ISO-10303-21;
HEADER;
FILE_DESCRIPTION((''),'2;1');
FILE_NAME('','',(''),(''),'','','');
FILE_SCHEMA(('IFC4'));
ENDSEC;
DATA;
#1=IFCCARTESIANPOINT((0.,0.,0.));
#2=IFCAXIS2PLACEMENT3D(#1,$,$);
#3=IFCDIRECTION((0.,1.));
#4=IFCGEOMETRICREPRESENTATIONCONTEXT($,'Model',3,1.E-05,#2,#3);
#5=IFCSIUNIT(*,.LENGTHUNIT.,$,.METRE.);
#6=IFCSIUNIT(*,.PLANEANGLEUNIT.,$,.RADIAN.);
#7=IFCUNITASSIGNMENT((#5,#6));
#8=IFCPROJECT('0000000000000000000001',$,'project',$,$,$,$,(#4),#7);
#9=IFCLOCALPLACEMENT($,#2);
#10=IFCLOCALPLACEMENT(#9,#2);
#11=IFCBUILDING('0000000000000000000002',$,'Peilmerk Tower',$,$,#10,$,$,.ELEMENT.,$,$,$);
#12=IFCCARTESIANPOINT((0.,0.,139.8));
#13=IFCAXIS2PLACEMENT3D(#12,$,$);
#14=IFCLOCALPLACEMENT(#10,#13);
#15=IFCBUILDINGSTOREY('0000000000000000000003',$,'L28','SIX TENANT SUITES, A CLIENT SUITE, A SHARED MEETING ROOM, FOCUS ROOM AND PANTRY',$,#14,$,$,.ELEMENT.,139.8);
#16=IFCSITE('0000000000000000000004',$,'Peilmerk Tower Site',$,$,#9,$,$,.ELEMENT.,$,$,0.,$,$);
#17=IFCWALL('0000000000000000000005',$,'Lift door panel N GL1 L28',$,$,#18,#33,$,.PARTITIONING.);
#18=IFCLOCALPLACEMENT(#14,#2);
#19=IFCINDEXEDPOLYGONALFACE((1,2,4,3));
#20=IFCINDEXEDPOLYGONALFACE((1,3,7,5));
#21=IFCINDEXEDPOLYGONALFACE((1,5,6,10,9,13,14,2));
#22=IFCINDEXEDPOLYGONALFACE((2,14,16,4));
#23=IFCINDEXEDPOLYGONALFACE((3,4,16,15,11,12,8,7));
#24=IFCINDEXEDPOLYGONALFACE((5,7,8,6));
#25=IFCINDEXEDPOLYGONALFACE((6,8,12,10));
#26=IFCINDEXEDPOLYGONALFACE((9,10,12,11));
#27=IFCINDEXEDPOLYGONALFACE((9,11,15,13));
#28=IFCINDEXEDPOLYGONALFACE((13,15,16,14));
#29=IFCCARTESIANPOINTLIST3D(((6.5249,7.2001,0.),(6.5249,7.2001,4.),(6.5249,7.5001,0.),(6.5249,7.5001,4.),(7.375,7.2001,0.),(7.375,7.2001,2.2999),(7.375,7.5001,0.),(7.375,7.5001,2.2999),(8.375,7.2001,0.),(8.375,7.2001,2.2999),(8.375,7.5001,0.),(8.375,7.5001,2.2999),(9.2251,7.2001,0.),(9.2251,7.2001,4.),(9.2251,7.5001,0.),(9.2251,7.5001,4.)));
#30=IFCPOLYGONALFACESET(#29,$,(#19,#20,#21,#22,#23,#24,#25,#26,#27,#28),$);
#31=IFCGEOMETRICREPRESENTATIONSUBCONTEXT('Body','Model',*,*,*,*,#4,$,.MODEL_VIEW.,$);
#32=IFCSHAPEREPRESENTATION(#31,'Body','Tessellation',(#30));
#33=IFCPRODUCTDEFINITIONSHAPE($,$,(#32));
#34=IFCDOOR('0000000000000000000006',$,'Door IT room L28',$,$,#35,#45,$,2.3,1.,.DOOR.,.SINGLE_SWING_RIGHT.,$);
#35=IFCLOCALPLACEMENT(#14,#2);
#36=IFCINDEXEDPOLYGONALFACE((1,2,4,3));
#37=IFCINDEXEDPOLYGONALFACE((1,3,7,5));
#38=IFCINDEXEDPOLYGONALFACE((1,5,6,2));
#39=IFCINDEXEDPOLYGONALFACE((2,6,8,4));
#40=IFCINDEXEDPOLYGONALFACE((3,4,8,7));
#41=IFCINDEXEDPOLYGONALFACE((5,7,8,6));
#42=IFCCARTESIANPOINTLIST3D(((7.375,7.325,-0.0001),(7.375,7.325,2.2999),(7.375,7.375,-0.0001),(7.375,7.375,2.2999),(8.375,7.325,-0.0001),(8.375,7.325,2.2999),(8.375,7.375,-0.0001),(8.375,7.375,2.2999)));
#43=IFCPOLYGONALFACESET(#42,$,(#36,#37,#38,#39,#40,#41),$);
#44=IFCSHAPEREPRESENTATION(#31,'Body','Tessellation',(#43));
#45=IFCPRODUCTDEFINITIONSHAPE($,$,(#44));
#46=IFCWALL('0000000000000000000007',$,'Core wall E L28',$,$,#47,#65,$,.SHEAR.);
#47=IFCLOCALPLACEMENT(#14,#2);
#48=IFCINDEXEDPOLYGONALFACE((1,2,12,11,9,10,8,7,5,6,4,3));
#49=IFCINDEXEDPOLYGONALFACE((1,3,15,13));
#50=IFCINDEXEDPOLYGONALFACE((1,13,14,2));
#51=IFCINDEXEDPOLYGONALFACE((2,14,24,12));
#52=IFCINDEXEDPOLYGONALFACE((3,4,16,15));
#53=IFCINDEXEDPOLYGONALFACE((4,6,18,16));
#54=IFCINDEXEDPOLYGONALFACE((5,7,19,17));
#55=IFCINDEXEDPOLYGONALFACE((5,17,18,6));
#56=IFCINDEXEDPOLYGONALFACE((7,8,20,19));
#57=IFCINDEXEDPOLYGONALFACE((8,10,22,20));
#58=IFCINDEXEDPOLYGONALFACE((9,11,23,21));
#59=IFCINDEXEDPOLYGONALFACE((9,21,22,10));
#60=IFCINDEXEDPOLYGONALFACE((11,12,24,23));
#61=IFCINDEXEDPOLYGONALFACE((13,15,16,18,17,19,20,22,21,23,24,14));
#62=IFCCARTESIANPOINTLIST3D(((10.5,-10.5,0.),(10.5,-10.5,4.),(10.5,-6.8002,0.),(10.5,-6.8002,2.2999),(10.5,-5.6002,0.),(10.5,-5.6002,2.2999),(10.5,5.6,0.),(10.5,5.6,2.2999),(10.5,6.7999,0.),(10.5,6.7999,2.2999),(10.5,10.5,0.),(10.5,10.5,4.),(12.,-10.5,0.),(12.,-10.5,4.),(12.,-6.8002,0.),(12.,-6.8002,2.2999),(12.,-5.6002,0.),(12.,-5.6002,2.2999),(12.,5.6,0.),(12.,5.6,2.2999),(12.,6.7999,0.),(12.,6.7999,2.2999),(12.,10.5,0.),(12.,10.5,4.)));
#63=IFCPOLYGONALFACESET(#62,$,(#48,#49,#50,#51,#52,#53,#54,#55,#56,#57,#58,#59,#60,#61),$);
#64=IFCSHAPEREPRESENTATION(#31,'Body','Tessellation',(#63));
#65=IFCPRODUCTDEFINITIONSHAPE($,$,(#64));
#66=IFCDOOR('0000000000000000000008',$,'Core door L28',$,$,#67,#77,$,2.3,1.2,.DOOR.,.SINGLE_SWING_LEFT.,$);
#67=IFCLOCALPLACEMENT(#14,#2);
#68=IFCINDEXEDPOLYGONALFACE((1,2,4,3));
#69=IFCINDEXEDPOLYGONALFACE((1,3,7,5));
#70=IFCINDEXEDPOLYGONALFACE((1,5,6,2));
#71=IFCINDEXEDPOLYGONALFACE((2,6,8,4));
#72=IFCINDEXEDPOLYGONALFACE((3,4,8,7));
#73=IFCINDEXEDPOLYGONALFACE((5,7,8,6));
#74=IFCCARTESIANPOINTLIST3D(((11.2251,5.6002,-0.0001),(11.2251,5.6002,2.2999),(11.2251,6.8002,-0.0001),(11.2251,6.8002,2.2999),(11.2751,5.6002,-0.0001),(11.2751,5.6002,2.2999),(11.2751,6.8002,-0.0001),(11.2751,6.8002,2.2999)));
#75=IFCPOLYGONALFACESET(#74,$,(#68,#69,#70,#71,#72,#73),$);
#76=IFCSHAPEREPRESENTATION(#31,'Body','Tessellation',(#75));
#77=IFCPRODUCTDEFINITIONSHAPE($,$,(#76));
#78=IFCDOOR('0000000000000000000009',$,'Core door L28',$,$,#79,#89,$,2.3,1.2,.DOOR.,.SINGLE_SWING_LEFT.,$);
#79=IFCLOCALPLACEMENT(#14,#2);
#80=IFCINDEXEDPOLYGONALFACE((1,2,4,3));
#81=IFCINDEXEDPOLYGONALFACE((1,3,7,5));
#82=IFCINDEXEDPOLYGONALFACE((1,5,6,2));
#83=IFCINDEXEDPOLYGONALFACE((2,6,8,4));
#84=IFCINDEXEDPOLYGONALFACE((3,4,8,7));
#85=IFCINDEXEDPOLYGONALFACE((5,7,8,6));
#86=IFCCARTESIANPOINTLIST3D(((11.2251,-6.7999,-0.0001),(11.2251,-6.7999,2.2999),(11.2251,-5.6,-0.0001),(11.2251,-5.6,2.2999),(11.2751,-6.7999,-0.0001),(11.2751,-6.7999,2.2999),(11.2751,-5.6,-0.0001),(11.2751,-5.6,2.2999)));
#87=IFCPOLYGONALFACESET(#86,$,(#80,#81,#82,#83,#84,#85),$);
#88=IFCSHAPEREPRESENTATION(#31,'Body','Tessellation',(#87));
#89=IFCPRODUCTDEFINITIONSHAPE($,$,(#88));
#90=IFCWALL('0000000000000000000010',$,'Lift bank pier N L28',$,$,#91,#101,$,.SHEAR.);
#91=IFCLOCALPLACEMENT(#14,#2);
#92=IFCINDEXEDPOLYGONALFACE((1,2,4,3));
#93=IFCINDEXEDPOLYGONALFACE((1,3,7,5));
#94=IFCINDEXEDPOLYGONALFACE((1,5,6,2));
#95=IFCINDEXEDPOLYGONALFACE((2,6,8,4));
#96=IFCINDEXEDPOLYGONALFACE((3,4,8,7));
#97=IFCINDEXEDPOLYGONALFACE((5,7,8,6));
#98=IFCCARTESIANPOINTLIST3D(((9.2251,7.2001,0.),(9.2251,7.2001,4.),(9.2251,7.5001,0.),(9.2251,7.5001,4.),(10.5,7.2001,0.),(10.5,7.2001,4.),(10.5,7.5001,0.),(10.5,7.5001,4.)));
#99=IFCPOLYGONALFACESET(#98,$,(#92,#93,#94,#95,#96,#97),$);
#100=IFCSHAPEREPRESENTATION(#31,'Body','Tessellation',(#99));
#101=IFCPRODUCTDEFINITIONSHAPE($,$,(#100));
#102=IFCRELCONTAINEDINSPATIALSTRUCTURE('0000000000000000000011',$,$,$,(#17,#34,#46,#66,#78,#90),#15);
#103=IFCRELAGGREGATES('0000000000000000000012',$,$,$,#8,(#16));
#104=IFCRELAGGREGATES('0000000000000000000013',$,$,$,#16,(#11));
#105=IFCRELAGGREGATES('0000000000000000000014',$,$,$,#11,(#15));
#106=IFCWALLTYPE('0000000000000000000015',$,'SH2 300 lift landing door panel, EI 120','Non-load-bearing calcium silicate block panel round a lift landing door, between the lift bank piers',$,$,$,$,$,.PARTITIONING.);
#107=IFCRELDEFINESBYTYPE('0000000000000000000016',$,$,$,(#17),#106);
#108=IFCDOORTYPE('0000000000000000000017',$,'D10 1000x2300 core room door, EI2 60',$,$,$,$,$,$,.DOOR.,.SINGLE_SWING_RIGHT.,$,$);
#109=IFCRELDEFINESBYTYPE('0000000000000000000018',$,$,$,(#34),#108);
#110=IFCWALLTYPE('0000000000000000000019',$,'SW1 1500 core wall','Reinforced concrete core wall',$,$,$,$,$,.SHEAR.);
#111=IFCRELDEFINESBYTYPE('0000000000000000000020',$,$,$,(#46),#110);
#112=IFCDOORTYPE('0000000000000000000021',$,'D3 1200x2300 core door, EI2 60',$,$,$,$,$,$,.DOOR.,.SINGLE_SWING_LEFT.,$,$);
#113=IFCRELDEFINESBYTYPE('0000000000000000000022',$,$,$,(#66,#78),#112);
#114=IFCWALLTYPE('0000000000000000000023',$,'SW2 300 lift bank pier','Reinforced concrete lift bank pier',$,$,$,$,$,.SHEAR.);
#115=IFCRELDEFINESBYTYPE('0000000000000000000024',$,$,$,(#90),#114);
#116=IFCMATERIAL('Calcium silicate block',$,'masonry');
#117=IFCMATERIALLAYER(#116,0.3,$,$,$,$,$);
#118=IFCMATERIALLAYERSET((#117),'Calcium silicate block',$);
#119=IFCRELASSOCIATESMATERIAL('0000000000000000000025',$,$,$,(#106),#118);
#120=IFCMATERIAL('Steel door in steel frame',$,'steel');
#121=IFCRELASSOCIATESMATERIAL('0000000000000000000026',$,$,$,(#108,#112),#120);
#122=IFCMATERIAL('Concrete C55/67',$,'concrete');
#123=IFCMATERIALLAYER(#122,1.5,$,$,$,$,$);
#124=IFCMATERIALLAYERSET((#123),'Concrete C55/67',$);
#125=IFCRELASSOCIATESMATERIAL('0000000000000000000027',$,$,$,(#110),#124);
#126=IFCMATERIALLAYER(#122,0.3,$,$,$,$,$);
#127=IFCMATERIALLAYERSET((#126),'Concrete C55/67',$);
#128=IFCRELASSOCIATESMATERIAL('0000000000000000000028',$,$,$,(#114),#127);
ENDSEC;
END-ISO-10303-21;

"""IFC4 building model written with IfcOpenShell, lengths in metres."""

from ifc_helpers import new_model, si_unit, direction, frame, frame_2d, origin, place, context, subcontext, project, spatial, rectangle, extrude, material, layer, layer_set, type_object, element, fill, save


model = new_model("IFC4")

# Units and contexts
model_context = context("Model", 3, precision=1e-05, world=origin(), true_north=direction((0.0, 1.0)))
body_context = subcontext(model_context, "Body", "Model", "MODEL_VIEW")
ifc_project = project(units=[si_unit("LENGTHUNIT", "METRE"), si_unit("PLANEANGLEUNIT", "RADIAN")], contexts=[model_context])

# Site, building, storey
site_placement = place(None, origin())
site = spatial("IfcSite", under=ifc_project, at=site_placement, Name="Peilmerk Tower Site", CompositionType="ELEMENT", RefElevation=0.0)
building_placement = place(site_placement, origin())
building = spatial("IfcBuilding", under=site, at=building_placement, Name="Peilmerk Tower", CompositionType="ELEMENT")
storey_placement = place(building_placement, frame((0.0, 0.0, 139.8)))
storey = spatial("IfcBuildingStorey", under=building, at=storey_placement, Name="L28", Description="SIX TENANT SUITES, A CLIENT SUITE, A SHARED MEETING ROOM, FOCUS ROOM AND PANTRY", CompositionType="ELEMENT", Elevation=139.8)

# Shared definitions
ifc_material_1 = material(Name="Calcium silicate block", Category="masonry")

# Wall, opening, door
ifc_layer_1 = layer(ifc_material_1, 0.3)
ifc_layer_set_1 = layer_set([ifc_layer_1], Name="Calcium silicate block")
wall_type_1 = type_object("IfcWallType", Name="SH2 300 lift landing door panel, EI 120", Description="Non-load-bearing calcium silicate block panel round a lift landing door, between the lift bank piers", PredefinedType="PARTITIONING", material=ifc_layer_set_1)
wall_1_placement = place(storey_placement, frame((6.5249, 7.3501, 0.0), z_axis=(0.0, 0.0, 1.0), x_axis=(1.0, 0.0, 0.0)))
wall_1 = element("IfcWall", 1, at=wall_1_placement, inside=storey, type_object=wall_type_1, Name="Lift door panel N GL1 L28", PredefinedType="PARTITIONING", context=body_context, shape_type="SweptSolid", body=[
    extrude(rectangle(XDim=2.7002, YDim=0.3, at=frame_2d((1.3501, 0.0))), origin(), (0.0, 0.0, 1.0), 4.0),
])
opening_1_placement = place(wall_1_placement, frame((0.8501, 0.0, 0.0)))
opening_1 = element("IfcOpeningElement", 2, at=opening_1_placement, cuts=wall_1, PredefinedType="OPENING", context=body_context, shape_type="SweptSolid", body=[
    extrude(rectangle(XDim=1.0, YDim=2.3, at=frame_2d((0.5, 1.1499))), frame((0.0, 0.1599, 0.0), z_axis=(0.0, -1.0, 0.0), x_axis=(1.0, 0.0, 0.0)), (0.0, 0.0, 1.0), 0.3201),
])
ifc_material_2 = material(Name="Steel door in steel frame", Category="steel")
door_type_1 = type_object("IfcDoorType", Name="D10 1000x2300 core room door, EI2 60", OperationType="SINGLE_SWING_RIGHT", PredefinedType="DOOR", material=ifc_material_2)
door_1_placement = place(opening_1_placement, origin())
door_1 = element("IfcDoor", 3, at=door_1_placement, inside=storey, type_object=door_type_1, Name="Door IT room L28", OperationType="SINGLE_SWING_RIGHT", OverallHeight=2.3, OverallWidth=1.0, PredefinedType="DOOR", context=body_context, shape_type="SweptSolid", body=[
    extrude(rectangle(XDim=1.0, YDim=2.3, at=frame_2d((0.5, 1.1499))), frame((0.0, 0.0249, 0.0), z_axis=(0.0, -1.0, 0.0), x_axis=(1.0, 0.0, 0.0)), (0.0, 0.0, 1.0), 0.05),
])
fill(opening_1, door_1)

# Wall, openings, doors
ifc_material_3 = material(Name="Concrete C55/67", Category="concrete")
ifc_layer_2 = layer(ifc_material_3, 1.5)
ifc_layer_set_2 = layer_set([ifc_layer_2], Name="Concrete C55/67")
wall_type_2 = type_object("IfcWallType", Name="SW1 1500 core wall", Description="Reinforced concrete core wall", PredefinedType="SHEAR", material=ifc_layer_set_2)
wall_2_placement = place(storey_placement, frame((11.25, 10.5, 0.0), z_axis=(0.0, 0.0, 1.0), x_axis=(0.0, -1.0, 0.0)))
wall_2 = element("IfcWall", 4, at=wall_2_placement, inside=storey, type_object=wall_type_2, Name="Core wall E L28", PredefinedType="SHEAR", context=body_context, shape_type="SweptSolid", body=[
    extrude(rectangle(XDim=21.0, YDim=1.5, at=frame_2d((10.5, 0.0))), origin(), (0.0, 0.0, 1.0), 4.0),
])
opening_2_placement = place(wall_2_placement, frame((3.7, 0.0, 0.0)))
opening_2 = element("IfcOpeningElement", 5, at=opening_2_placement, cuts=wall_2, PredefinedType="OPENING", context=body_context, shape_type="SweptSolid", body=[
    extrude(rectangle(XDim=1.2, YDim=2.3, at=frame_2d((0.6001, 1.1499))), frame((0.0, 0.76, 0.0), z_axis=(0.0, -1.0, 0.0), x_axis=(1.0, 0.0, 0.0)), (0.0, 0.0, 1.0), 1.52),
])
opening_3_placement = place(wall_2_placement, frame((16.1001, 0.0, 0.0)))
opening_3 = element("IfcOpeningElement", 6, at=opening_3_placement, cuts=wall_2, PredefinedType="OPENING", context=body_context, shape_type="SweptSolid", body=[
    extrude(rectangle(XDim=1.2, YDim=2.3, at=frame_2d((0.6001, 1.1499))), frame((0.0, 0.76, 0.0), z_axis=(0.0, -1.0, 0.0), x_axis=(1.0, 0.0, 0.0)), (0.0, 0.0, 1.0), 1.52),
])
door_type_2 = type_object("IfcDoorType", Name="D3 1200x2300 core door, EI2 60", OperationType="SINGLE_SWING_LEFT", PredefinedType="DOOR", material=ifc_material_2)
door_2_placement = place(opening_2_placement, frame((1.2, 0.0, 0.0), z_axis=(0.0, 0.0, 1.0), x_axis=(-1.0, 0.0, 0.0)))
door_2 = element("IfcDoor", 7, at=door_2_placement, inside=storey, type_object=door_type_2, Name="Core door L28", OperationType="SINGLE_SWING_LEFT", OverallHeight=2.3, OverallWidth=1.2, PredefinedType="DOOR", context=body_context, shape_type="SweptSolid", body=[
    extrude(rectangle(XDim=1.2, YDim=2.3, at=frame_2d((0.6001, 1.1499))), frame((0.0, 0.0249, 0.0), z_axis=(0.0, -1.0, 0.0), x_axis=(1.0, 0.0, 0.0)), (0.0, 0.0, 1.0), 0.05),
])
fill(opening_2, door_2)
door_3_placement = place(opening_3_placement, frame((1.2, 0.0, 0.0), z_axis=(0.0, 0.0, 1.0), x_axis=(-1.0, 0.0, 0.0)))
door_3 = element("IfcDoor", 8, at=door_3_placement, inside=storey, type_object=door_type_2, Name="Core door L28", OperationType="SINGLE_SWING_LEFT", OverallHeight=2.3, OverallWidth=1.2, PredefinedType="DOOR", context=body_context, shape_type="SweptSolid", body=[
    extrude(rectangle(XDim=1.2, YDim=2.3, at=frame_2d((0.6001, 1.1499))), frame((0.0, 0.0249, 0.0), z_axis=(0.0, -1.0, 0.0), x_axis=(1.0, 0.0, 0.0)), (0.0, 0.0, 1.0), 0.05),
])
fill(opening_3, door_3)

# Wall
ifc_layer_3 = layer(ifc_material_3, 0.3)
ifc_layer_set_3 = layer_set([ifc_layer_3], Name="Concrete C55/67")
wall_type_3 = type_object("IfcWallType", Name="SW2 300 lift bank pier", Description="Reinforced concrete lift bank pier", PredefinedType="SHEAR", material=ifc_layer_set_3)
wall_3_placement = place(storey_placement, frame((9.2251, 7.3501, 0.0), z_axis=(0.0, 0.0, 1.0), x_axis=(1.0, 0.0, 0.0)))
element("IfcWall", 9, at=wall_3_placement, inside=storey, type_object=wall_type_3, Name="Lift bank pier N L28", PredefinedType="SHEAR", context=body_context, shape_type="SweptSolid", body=[
    extrude(rectangle(XDim=1.2749, YDim=0.3, at=frame_2d((0.6375, 0.0))), origin(), (0.0, 0.0, 1.0), 4.0),
])

save(model, "model.ifc")
